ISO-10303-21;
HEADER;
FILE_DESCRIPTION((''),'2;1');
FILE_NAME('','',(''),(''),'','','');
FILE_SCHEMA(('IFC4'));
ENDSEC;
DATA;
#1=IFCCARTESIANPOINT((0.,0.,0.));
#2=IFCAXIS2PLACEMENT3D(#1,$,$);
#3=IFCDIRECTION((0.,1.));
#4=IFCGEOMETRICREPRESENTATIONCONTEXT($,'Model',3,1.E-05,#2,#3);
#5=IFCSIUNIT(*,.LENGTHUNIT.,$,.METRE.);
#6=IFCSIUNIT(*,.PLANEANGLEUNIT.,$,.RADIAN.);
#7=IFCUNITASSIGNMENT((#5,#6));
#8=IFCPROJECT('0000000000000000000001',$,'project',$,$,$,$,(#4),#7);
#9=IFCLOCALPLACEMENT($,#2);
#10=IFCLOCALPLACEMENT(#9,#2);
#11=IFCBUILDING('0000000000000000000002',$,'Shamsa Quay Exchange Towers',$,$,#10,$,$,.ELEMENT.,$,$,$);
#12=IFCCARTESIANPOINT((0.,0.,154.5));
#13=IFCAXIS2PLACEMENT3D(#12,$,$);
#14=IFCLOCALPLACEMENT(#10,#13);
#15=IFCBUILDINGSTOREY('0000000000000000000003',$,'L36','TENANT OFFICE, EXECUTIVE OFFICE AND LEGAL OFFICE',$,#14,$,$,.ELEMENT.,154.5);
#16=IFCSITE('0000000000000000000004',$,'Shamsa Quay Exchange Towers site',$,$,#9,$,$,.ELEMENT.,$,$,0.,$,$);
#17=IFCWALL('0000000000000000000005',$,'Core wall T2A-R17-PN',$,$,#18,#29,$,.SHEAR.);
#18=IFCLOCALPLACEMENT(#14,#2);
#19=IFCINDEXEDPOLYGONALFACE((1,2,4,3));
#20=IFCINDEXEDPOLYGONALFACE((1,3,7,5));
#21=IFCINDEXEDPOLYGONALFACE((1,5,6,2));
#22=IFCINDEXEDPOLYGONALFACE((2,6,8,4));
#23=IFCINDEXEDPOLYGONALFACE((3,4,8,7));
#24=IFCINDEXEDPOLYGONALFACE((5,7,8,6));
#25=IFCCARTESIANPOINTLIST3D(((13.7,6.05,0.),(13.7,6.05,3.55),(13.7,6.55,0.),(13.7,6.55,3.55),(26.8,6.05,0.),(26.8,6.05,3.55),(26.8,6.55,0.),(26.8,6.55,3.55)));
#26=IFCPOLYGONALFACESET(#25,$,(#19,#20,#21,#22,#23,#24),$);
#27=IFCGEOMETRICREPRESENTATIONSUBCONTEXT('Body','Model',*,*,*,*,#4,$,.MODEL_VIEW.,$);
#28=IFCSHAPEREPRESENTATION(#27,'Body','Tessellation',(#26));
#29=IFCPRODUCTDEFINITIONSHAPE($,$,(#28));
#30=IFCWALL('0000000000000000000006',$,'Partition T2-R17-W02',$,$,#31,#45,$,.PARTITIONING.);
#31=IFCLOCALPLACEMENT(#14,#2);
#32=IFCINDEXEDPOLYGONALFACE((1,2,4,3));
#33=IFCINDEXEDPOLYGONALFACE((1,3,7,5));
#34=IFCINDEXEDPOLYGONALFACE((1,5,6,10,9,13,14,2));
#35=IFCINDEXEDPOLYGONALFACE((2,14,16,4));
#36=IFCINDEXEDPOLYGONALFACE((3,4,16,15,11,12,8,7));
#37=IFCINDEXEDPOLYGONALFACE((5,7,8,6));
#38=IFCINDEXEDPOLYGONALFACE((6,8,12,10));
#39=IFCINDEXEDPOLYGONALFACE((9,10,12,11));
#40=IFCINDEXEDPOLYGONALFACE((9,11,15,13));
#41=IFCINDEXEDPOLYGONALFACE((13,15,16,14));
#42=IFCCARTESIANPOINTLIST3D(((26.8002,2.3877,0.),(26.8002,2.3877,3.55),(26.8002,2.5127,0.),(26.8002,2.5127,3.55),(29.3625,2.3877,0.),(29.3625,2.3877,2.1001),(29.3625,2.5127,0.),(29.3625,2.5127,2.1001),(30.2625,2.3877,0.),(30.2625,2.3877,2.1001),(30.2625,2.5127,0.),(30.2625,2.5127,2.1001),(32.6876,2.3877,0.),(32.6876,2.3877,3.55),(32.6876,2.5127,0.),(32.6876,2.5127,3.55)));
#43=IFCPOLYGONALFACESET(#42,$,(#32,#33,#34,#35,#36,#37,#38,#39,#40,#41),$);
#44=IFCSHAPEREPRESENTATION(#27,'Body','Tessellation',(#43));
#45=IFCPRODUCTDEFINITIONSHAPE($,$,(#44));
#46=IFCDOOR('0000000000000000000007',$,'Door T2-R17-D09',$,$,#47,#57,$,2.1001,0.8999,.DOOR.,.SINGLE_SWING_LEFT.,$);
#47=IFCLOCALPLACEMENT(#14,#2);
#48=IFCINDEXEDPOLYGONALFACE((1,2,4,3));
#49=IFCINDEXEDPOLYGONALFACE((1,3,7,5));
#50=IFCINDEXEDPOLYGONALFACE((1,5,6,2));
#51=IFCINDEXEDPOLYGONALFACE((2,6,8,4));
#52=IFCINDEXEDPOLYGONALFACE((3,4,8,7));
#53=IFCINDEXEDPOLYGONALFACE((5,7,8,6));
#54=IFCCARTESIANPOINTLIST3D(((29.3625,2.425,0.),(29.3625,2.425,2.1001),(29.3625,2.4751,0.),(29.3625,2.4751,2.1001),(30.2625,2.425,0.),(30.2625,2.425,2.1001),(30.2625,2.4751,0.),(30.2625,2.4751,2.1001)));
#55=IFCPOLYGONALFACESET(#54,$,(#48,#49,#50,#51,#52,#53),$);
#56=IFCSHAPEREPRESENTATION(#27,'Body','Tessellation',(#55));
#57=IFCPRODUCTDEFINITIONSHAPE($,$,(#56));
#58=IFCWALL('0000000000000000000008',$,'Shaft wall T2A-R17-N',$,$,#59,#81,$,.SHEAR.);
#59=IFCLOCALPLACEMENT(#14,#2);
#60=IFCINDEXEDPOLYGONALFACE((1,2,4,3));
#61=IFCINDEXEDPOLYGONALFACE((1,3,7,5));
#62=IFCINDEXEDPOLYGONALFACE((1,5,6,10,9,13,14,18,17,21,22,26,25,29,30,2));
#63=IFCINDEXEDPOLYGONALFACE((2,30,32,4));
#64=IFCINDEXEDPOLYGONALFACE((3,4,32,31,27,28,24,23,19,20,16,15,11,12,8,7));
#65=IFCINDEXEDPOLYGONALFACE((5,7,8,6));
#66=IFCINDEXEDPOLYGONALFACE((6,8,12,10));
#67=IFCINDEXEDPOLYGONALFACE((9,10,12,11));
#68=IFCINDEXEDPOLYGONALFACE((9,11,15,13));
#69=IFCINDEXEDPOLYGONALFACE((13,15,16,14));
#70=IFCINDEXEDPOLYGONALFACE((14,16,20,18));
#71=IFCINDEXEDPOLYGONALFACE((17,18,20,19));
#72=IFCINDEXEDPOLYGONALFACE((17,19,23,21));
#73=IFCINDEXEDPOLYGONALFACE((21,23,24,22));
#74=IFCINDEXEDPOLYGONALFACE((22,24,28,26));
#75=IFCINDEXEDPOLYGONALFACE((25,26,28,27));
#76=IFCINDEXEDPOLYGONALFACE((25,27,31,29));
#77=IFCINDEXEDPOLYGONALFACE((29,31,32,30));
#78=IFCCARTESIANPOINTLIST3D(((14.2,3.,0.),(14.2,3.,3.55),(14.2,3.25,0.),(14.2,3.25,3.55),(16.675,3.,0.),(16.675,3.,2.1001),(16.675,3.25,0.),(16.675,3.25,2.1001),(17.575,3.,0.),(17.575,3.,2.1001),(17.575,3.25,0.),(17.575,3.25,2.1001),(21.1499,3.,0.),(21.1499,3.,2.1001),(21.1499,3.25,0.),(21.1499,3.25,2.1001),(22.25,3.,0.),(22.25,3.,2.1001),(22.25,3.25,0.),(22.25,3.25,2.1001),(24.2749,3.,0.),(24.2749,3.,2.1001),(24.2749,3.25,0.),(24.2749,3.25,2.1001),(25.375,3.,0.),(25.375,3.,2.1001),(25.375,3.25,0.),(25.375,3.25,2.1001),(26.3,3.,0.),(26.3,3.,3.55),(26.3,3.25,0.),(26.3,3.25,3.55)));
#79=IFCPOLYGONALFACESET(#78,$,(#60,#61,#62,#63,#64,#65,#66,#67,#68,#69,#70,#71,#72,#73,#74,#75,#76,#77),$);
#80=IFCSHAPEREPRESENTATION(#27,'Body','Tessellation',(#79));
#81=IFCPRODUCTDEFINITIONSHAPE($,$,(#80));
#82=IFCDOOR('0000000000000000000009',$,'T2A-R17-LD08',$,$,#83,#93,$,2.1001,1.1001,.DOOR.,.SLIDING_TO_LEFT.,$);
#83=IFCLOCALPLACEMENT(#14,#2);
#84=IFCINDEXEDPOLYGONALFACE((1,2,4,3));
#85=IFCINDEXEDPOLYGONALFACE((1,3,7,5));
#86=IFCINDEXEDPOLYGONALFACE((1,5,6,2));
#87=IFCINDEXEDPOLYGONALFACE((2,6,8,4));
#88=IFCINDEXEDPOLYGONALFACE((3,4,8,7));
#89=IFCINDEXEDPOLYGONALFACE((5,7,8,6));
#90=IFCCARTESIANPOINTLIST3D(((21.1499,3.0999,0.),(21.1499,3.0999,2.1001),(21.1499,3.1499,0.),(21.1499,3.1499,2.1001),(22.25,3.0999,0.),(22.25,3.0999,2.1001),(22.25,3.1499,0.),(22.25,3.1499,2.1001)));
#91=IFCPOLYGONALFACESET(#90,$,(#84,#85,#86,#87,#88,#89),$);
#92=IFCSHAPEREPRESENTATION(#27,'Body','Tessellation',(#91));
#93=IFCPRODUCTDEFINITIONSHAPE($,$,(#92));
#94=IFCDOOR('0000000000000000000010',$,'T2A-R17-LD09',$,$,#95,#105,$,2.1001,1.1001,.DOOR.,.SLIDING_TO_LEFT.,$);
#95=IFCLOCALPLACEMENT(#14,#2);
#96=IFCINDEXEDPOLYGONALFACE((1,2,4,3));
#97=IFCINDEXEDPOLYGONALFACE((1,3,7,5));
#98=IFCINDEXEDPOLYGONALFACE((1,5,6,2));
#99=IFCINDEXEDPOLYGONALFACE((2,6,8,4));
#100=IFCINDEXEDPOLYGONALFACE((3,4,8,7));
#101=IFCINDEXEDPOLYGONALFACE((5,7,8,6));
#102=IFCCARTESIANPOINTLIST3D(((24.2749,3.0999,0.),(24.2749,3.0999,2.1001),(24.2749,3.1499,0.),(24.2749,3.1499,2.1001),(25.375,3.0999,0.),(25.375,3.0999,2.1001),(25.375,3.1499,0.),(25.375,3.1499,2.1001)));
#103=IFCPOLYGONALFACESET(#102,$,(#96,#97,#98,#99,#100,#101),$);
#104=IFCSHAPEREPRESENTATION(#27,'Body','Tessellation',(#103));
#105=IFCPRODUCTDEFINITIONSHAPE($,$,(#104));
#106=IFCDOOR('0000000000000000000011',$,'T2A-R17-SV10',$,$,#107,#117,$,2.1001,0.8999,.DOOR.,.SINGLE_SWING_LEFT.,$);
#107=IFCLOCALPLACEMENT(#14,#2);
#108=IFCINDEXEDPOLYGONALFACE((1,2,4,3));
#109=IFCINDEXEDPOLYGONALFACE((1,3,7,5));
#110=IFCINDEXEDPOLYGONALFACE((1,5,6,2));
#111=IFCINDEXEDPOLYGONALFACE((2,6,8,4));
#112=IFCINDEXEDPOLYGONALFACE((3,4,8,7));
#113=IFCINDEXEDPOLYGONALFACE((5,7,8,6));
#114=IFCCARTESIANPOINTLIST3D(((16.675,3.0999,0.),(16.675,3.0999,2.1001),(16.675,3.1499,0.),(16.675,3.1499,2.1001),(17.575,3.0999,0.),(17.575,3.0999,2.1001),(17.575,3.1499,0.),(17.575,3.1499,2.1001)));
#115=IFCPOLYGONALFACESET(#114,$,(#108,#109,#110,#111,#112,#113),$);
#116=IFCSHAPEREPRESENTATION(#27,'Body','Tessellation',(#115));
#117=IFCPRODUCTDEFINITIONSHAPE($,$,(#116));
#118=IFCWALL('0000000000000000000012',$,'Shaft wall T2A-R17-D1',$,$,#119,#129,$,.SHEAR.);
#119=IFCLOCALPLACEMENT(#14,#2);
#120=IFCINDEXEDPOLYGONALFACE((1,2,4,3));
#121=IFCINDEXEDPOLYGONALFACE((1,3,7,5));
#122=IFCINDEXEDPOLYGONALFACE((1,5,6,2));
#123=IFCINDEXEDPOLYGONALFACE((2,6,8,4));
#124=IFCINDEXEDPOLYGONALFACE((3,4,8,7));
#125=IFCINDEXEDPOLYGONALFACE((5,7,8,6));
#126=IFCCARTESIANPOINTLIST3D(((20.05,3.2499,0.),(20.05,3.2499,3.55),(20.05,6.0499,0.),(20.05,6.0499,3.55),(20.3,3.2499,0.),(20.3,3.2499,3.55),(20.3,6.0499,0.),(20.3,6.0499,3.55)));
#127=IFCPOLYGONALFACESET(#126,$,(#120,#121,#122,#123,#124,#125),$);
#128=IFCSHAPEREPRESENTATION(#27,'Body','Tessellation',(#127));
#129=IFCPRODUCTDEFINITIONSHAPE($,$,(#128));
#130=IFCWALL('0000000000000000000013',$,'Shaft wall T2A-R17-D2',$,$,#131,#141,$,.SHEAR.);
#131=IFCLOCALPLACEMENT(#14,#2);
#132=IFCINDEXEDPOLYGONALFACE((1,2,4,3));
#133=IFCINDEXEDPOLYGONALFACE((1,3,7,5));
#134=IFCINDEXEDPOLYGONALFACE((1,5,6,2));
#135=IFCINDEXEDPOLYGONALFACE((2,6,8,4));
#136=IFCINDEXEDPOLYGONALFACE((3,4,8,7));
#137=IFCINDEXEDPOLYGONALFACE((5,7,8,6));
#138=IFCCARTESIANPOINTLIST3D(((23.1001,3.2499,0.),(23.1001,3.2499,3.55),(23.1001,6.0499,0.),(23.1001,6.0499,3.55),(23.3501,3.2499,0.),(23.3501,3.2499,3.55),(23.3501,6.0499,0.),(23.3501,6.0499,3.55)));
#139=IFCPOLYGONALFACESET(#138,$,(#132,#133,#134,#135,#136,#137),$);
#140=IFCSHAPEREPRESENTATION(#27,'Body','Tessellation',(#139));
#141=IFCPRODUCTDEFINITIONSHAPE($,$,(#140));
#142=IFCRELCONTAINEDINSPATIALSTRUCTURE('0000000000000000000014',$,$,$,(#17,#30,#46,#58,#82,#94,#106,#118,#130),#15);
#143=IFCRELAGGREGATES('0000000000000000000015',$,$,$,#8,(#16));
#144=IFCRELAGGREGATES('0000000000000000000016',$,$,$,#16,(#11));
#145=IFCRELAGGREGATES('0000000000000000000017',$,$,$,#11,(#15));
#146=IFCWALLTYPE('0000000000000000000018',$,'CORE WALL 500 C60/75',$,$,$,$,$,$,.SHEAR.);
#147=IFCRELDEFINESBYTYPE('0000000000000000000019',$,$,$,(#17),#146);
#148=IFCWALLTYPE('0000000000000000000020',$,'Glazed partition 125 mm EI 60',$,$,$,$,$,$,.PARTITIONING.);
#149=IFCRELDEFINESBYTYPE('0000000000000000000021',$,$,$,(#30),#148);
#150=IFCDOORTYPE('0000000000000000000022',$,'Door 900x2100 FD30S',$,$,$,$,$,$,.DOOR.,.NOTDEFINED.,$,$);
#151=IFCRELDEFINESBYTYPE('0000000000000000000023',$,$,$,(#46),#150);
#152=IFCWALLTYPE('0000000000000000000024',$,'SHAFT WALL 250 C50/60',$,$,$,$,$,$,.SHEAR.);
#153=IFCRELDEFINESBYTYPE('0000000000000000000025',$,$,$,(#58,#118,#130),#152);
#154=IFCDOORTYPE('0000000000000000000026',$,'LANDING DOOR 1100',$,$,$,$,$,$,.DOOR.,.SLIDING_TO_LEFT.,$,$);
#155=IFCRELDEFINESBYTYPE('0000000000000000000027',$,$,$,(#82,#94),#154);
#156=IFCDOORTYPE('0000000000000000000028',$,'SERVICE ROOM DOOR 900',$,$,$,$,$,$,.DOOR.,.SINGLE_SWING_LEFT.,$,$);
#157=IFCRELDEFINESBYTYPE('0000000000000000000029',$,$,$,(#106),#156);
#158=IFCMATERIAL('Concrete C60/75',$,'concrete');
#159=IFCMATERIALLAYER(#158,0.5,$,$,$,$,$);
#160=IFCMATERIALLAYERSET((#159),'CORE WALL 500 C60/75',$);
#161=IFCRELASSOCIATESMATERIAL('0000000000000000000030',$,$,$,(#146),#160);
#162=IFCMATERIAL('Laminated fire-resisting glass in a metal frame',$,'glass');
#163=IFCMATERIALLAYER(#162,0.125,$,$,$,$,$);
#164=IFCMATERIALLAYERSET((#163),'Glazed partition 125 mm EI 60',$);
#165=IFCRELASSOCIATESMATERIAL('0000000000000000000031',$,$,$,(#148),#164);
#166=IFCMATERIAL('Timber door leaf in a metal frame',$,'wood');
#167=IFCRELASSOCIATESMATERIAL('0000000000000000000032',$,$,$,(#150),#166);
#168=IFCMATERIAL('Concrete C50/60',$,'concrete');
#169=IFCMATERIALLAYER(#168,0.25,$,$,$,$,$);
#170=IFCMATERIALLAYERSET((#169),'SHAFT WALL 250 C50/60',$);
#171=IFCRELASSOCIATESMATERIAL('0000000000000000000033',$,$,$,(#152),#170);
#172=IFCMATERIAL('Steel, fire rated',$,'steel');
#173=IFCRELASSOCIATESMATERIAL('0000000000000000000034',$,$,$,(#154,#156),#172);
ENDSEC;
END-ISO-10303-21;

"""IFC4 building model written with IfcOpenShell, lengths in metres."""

from ifc_helpers import new_model, si_unit, direction, frame, frame_2d, origin, place, context, subcontext, project, spatial, rectangle, extrude, material, layer, layer_set, type_object, element, fill, save


model = new_model("IFC4")

# Units and contexts
model_context = context("Model", 3, precision=1e-05, world=origin(), true_north=direction((0.0, 1.0)))
body_context = subcontext(model_context, "Body", "Model", "MODEL_VIEW")
ifc_project = project(units=[si_unit("LENGTHUNIT", "METRE"), si_unit("PLANEANGLEUNIT", "RADIAN")], contexts=[model_context])

# Site, building, storey
site_placement = place(None, origin())
site = spatial("IfcSite", under=ifc_project, at=site_placement, Name="Shamsa Quay Exchange Towers site", CompositionType="ELEMENT", RefElevation=0.0)
building_placement = place(site_placement, origin())
building = spatial("IfcBuilding", under=site, at=building_placement, Name="Shamsa Quay Exchange Towers", CompositionType="ELEMENT")
storey_placement = place(building_placement, frame((0.0, 0.0, 154.5)))
storey = spatial("IfcBuildingStorey", under=building, at=storey_placement, Name="L36", Description="TENANT OFFICE, EXECUTIVE OFFICE AND LEGAL OFFICE", CompositionType="ELEMENT", Elevation=154.5)

# Wall
ifc_material_1 = material(Name="Concrete C60/75", Category="concrete")
ifc_layer_1 = layer(ifc_material_1, 0.5)
ifc_layer_set_1 = layer_set([ifc_layer_1], Name="CORE WALL 500 C60/75")
wall_type_1 = type_object("IfcWallType", Name="CORE WALL 500 C60/75", PredefinedType="SHEAR", material=ifc_layer_set_1)
wall_1_placement = place(storey_placement, frame((13.7, 6.3, 0.0)))
element("IfcWall", 1, at=wall_1_placement, inside=storey, type_object=wall_type_1, Name="Core wall T2A-R17-PN", PredefinedType="SHEAR", context=body_context, shape_type="SweptSolid", body=[
    extrude(rectangle(XDim=13.1001, YDim=0.5, at=frame_2d((6.55, 0.0))), origin(), (0.0, 0.0, 1.0), 3.55),
])

# Shared definitions
ifc_material_2 = material(Name="Steel, fire rated", Category="steel")

# Wall, opening, door
ifc_material_3 = material(Name="Laminated fire-resisting glass in a metal frame", Category="glass")
ifc_layer_2 = layer(ifc_material_3, 0.125)
ifc_layer_set_2 = layer_set([ifc_layer_2], Name="Glazed partition 125 mm EI 60")
wall_type_2 = type_object("IfcWallType", Name="Glazed partition 125 mm EI 60", PredefinedType="PARTITIONING", material=ifc_layer_set_2)
wall_2_placement = place(storey_placement, frame((26.8, 2.4502, 0.0)))
wall_2 = element("IfcWall", 2, at=wall_2_placement, inside=storey, type_object=wall_type_2, Name="Partition T2-R17-W02", PredefinedType="PARTITIONING", context=body_context, shape_type="SweptSolid", body=[
    extrude(rectangle(XDim=5.8875, YDim=0.125, at=frame_2d((2.9438, 0.0))), origin(), (0.0, 0.0, 1.0), 3.55),
])
opening_1_placement = place(wall_2_placement, frame((2.5625, 0.0, 0.0)))
opening_1 = element("IfcOpeningElement", 3, at=opening_1_placement, cuts=wall_2, PredefinedType="OPENING", context=body_context, shape_type="SweptSolid", body=[
    extrude(rectangle(XDim=0.8999, YDim=2.1001, at=frame_2d((0.45, 1.05))), frame((0.0, 0.0725, 0.0), z_axis=(0.0, -1.0, 0.0), x_axis=(1.0, 0.0, 0.0)), (0.0, 0.0, 1.0), 0.145),
])
ifc_material_4 = material(Name="Timber door leaf in a metal frame", Category="wood")
door_type_1 = type_object("IfcDoorType", Name="Door 900x2100 FD30S", OperationType="NOTDEFINED", PredefinedType="DOOR", material=ifc_material_4)
door_1_placement = place(opening_1_placement, origin())
door_1 = element("IfcDoor", 4, at=door_1_placement, inside=storey, type_object=door_type_1, Name="Door T2-R17-D09", OperationType="SINGLE_SWING_LEFT", OverallHeight=2.1001, OverallWidth=0.8999, PredefinedType="DOOR", context=body_context, shape_type="SweptSolid", body=[
    extrude(rectangle(XDim=0.8999, YDim=2.1001, at=frame_2d((0.45, 1.05))), frame((0.0, 0.0249, 0.0), z_axis=(0.0, -1.0, 0.0), x_axis=(1.0, 0.0, 0.0)), (0.0, 0.0, 1.0), 0.05),
])
fill(opening_1, door_1)

# Wall, openings, doors
ifc_material_5 = material(Name="Concrete C50/60", Category="concrete")
ifc_layer_3 = layer(ifc_material_5, 0.25)
ifc_layer_set_3 = layer_set([ifc_layer_3], Name="SHAFT WALL 250 C50/60")
wall_type_3 = type_object("IfcWallType", Name="SHAFT WALL 250 C50/60", PredefinedType="SHEAR", material=ifc_layer_set_3)
wall_3_placement = place(storey_placement, frame((14.2, 3.125, 0.0)))
wall_3 = element("IfcWall", 5, at=wall_3_placement, inside=storey, type_object=wall_type_3, Name="Shaft wall T2A-R17-N", PredefinedType="SHEAR", context=body_context, shape_type="SweptSolid", body=[
    extrude(rectangle(XDim=12.1001, YDim=0.25, at=frame_2d((6.05, 0.0))), origin(), (0.0, 0.0, 1.0), 3.55),
])
opening_2_placement = place(wall_3_placement, frame((6.95, 0.0, 0.0)))
opening_2 = element("IfcOpeningElement", 6, at=opening_2_placement, cuts=wall_3, PredefinedType="OPENING", context=body_context, shape_type="SweptSolid", body=[
    extrude(rectangle(XDim=1.1001, YDim=2.1001, at=frame_2d((0.55, 1.05))), frame((0.0, 0.135, 0.0), z_axis=(0.0, -1.0, 0.0), x_axis=(1.0, 0.0, 0.0)), (0.0, 0.0, 1.0), 0.27),
])
opening_3_placement = place(wall_3_placement, frame((10.075, 0.0, 0.0)))
opening_3 = element("IfcOpeningElement", 7, at=opening_3_placement, cuts=wall_3, PredefinedType="OPENING", context=body_context, shape_type="SweptSolid", body=[
    extrude(rectangle(XDim=1.1001, YDim=2.1001, at=frame_2d((0.55, 1.05))), frame((0.0, 0.135, 0.0), z_axis=(0.0, -1.0, 0.0), x_axis=(1.0, 0.0, 0.0)), (0.0, 0.0, 1.0), 0.27),
])
opening_4_placement = place(wall_3_placement, frame((2.4751, 0.0, 0.0)))
opening_4 = element("IfcOpeningElement", 8, at=opening_4_placement, cuts=wall_3, PredefinedType="OPENING", context=body_context, shape_type="SweptSolid", body=[
    extrude(rectangle(XDim=0.8999, YDim=2.1001, at=frame_2d((0.45, 1.05))), frame((0.0, 0.135, 0.0), z_axis=(0.0, -1.0, 0.0), x_axis=(1.0, 0.0, 0.0)), (0.0, 0.0, 1.0), 0.27),
])
door_type_2 = type_object("IfcDoorType", Name="LANDING DOOR 1100", OperationType="SLIDING_TO_LEFT", PredefinedType="DOOR", material=ifc_material_2)
door_2_placement = place(opening_2_placement, origin())
door_2 = element("IfcDoor", 9, at=door_2_placement, inside=storey, type_object=door_type_2, Name="T2A-R17-LD08", OperationType="SLIDING_TO_LEFT", OverallHeight=2.1001, OverallWidth=1.1001, PredefinedType="DOOR", context=body_context, shape_type="SweptSolid", body=[
    extrude(rectangle(XDim=1.1001, YDim=2.1001, at=frame_2d((0.55, 1.05))), frame((0.0, 0.0249, 0.0), z_axis=(0.0, -1.0, 0.0), x_axis=(1.0, 0.0, 0.0)), (0.0, 0.0, 1.0), 0.05),
])
fill(opening_2, door_2)
door_3_placement = place(opening_3_placement, origin())
door_3 = element("IfcDoor", 10, at=door_3_placement, inside=storey, type_object=door_type_2, Name="T2A-R17-LD09", OperationType="SLIDING_TO_LEFT", OverallHeight=2.1001, OverallWidth=1.1001, PredefinedType="DOOR", context=body_context, shape_type="SweptSolid", body=[
    extrude(rectangle(XDim=1.1001, YDim=2.1001, at=frame_2d((0.55, 1.05))), frame((0.0, 0.0249, 0.0), z_axis=(0.0, -1.0, 0.0), x_axis=(1.0, 0.0, 0.0)), (0.0, 0.0, 1.0), 0.05),
])
fill(opening_3, door_3)
door_type_3 = type_object("IfcDoorType", Name="SERVICE ROOM DOOR 900", OperationType="SINGLE_SWING_LEFT", PredefinedType="DOOR", material=ifc_material_2)
door_4_placement = place(opening_4_placement, origin())
door_4 = element("IfcDoor", 11, at=door_4_placement, inside=storey, type_object=door_type_3, Name="T2A-R17-SV10", OperationType="SINGLE_SWING_LEFT", OverallHeight=2.1001, OverallWidth=0.8999, PredefinedType="DOOR", context=body_context, shape_type="SweptSolid", body=[
    extrude(rectangle(XDim=0.8999, YDim=2.1001, at=frame_2d((0.45, 1.05))), frame((0.0, 0.0249, 0.0), z_axis=(0.0, -1.0, 0.0), x_axis=(1.0, 0.0, 0.0)), (0.0, 0.0, 1.0), 0.05),
])
fill(opening_4, door_4)

# Walls
for number, where, z_axis, x_axis, name in (
    (12, (20.175, 3.25, 0.0), (0.0, 0.0, 1.0), (0.0, 1.0, 0.0), "Shaft wall T2A-R17-D1"),
    (13, (23.2251, 3.25, 0.0), (0.0, 0.0, 1.0), (0.0, 1.0, 0.0), "Shaft wall T2A-R17-D2"),
):
    element("IfcWall", number, at=place(storey_placement, frame(where, z_axis=z_axis, x_axis=x_axis)), inside=storey, type_object=wall_type_3, Name=name, PredefinedType="SHEAR", context=body_context, shape_type="SweptSolid", body=[
        extrude(rectangle(XDim=2.8, YDim=0.25, at=frame_2d((1.3999, 0.0))), origin(), (0.0, 0.0, 1.0), 3.55),
    ])

save(model, "model.ifc")
